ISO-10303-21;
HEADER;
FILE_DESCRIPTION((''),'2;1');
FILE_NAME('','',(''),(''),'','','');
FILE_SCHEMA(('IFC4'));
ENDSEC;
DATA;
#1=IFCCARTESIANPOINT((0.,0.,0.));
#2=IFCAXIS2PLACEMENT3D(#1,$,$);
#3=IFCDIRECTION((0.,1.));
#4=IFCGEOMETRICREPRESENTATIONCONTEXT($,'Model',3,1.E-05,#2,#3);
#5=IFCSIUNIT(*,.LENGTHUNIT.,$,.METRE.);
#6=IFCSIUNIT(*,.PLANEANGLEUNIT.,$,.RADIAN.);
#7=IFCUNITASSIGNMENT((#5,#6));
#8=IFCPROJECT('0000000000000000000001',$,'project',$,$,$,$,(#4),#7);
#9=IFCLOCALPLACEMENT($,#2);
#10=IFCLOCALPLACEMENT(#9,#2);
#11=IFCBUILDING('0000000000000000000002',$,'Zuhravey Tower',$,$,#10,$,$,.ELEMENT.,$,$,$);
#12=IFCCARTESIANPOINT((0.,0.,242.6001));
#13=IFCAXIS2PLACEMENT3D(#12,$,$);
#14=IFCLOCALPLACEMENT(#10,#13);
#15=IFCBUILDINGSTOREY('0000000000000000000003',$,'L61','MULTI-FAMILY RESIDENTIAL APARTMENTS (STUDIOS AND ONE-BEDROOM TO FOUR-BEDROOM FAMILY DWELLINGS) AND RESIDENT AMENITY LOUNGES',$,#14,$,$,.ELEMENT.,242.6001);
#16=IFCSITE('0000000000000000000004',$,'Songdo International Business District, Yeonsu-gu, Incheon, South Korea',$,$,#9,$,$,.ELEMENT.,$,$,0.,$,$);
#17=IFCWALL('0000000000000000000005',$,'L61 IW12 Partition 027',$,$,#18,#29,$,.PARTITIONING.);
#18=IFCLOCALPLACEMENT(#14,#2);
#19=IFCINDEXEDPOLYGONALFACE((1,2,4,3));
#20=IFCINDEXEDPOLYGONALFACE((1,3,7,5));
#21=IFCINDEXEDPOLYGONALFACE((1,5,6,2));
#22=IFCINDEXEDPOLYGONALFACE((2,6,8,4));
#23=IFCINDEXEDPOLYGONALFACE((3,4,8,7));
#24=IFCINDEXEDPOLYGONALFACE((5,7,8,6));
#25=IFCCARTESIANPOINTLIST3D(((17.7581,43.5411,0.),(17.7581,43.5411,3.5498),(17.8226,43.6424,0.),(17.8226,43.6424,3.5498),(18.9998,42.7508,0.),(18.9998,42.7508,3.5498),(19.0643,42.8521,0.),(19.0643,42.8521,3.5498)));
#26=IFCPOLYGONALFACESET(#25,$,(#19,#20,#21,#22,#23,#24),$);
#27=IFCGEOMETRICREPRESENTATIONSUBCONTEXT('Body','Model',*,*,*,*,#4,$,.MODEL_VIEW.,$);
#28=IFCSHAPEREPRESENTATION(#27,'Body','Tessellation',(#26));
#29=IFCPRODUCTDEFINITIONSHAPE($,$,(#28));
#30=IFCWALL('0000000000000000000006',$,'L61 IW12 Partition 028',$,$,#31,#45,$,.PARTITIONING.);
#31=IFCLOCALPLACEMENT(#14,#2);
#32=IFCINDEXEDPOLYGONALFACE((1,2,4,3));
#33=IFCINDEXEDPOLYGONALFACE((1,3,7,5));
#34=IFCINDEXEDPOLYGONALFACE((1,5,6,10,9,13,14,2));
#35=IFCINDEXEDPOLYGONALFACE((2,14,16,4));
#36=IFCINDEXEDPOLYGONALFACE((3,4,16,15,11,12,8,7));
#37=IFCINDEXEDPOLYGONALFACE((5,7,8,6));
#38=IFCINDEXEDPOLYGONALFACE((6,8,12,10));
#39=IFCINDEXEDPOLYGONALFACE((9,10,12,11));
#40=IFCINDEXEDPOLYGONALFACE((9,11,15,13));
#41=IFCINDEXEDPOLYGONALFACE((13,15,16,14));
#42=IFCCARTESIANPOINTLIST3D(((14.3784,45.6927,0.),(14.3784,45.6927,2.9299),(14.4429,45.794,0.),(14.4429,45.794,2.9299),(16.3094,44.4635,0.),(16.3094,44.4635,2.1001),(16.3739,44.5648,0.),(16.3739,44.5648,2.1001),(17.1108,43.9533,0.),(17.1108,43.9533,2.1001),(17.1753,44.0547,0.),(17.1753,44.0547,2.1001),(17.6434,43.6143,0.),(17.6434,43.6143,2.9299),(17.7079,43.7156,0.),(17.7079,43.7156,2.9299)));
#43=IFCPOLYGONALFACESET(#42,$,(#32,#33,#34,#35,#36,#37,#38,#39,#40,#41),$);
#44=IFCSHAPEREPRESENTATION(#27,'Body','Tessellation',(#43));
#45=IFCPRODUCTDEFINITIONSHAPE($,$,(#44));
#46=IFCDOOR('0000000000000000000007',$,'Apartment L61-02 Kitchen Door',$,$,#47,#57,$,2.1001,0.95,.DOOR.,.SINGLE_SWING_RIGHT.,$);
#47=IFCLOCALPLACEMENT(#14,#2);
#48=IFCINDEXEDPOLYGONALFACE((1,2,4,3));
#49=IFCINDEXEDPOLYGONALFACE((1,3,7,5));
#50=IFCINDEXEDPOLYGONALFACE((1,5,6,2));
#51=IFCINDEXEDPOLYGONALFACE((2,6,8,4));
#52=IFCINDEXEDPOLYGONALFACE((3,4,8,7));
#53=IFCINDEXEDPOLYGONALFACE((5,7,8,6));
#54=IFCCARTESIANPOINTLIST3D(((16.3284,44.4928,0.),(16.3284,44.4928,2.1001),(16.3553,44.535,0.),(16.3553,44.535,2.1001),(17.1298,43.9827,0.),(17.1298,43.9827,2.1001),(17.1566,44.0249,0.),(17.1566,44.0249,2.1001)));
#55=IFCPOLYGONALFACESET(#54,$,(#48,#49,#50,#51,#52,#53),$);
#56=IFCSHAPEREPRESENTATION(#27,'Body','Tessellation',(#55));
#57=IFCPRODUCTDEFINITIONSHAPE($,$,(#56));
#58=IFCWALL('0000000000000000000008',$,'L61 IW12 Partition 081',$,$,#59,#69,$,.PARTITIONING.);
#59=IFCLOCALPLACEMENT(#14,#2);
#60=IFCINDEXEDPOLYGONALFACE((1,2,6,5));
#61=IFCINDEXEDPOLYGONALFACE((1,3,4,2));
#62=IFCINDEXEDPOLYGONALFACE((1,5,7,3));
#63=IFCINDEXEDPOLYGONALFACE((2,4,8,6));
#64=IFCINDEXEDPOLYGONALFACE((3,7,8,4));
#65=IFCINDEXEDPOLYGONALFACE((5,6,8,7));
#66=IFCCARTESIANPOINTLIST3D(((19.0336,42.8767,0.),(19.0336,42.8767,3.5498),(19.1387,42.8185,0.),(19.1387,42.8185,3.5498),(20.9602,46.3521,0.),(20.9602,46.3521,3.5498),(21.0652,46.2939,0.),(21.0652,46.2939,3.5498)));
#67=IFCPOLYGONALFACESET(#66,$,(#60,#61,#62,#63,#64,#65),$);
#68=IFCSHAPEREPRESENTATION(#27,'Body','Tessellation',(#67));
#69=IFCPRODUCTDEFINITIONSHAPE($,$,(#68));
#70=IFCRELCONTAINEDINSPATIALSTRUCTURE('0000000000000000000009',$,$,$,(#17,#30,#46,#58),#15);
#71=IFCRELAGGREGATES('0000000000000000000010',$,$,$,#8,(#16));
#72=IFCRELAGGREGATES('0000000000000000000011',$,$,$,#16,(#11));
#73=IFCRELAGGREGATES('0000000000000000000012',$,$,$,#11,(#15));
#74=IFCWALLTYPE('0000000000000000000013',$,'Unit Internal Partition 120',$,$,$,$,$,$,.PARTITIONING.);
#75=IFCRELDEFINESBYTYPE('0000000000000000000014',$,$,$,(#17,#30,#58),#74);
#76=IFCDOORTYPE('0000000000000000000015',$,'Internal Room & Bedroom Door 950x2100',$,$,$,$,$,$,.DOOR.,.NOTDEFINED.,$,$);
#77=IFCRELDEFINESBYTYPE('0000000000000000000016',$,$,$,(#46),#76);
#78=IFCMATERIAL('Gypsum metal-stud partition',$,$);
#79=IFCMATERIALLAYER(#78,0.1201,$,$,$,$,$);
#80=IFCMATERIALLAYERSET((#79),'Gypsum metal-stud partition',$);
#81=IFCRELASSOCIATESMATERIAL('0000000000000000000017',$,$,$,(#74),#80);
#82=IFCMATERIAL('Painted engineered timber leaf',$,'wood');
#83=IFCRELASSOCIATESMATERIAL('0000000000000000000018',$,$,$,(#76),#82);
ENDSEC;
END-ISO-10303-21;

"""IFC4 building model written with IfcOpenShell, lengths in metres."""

from ifc_helpers import new_model, si_unit, direction, frame, frame_2d, origin, place, context, subcontext, project, spatial, rectangle, extrude, material, layer, layer_set, type_object, element, fill, save


model = new_model("IFC4")

# Units and contexts
model_context = context("Model", 3, precision=1e-05, world=origin(), true_north=direction((0.0, 1.0)))
body_context = subcontext(model_context, "Body", "Model", "MODEL_VIEW")
ifc_project = project(units=[si_unit("LENGTHUNIT", "METRE"), si_unit("PLANEANGLEUNIT", "RADIAN")], contexts=[model_context])

# Site, building, storey
site_placement = place(None, origin())
site = spatial("IfcSite", under=ifc_project, at=site_placement, Name="Songdo International Business District, Yeonsu-gu, Incheon, South Korea", CompositionType="ELEMENT", RefElevation=0.0)
building_placement = place(site_placement, origin())
building = spatial("IfcBuilding", under=site, at=building_placement, Name="Zuhravey Tower", CompositionType="ELEMENT")
storey_placement = place(building_placement, frame((0.0, 0.0, 242.6001)))
storey = spatial("IfcBuildingStorey", under=building, at=storey_placement, Name="L61", Description="MULTI-FAMILY RESIDENTIAL APARTMENTS (STUDIOS AND ONE-BEDROOM TO FOUR-BEDROOM FAMILY DWELLINGS) AND RESIDENT AMENITY LOUNGES", CompositionType="ELEMENT", Elevation=242.6001)

# Shared definitions
ifc_material_1 = material(Name="Gypsum metal-stud partition")
ifc_layer_1 = layer(ifc_material_1, 0.1201)
ifc_layer_set_1 = layer_set([ifc_layer_1], Name="Gypsum metal-stud partition")
wall_type_1 = type_object("IfcWallType", Name="Unit Internal Partition 120", PredefinedType="PARTITIONING", material=ifc_layer_set_1)
ifc_material_2 = material(Name="Painted engineered timber leaf", Category="wood")
door_type = type_object("IfcDoorType", Name="Internal Room & Bedroom Door 950x2100", OperationType="NOTDEFINED", PredefinedType="DOOR", material=ifc_material_2)

# Wall
wall_1_placement = place(storey_placement, frame((19.032, 42.8015, 0.0), z_axis=(0.0, 0.0, 1.0), x_axis=(-0.843627, 0.536929, 0.0)))
element("IfcWall", 1, at=wall_1_placement, inside=storey, type_object=wall_type_1, Name="L61 IW12 Partition 027", PredefinedType="PARTITIONING", context=body_context, shape_type="SweptSolid", body=[
    extrude(rectangle(XDim=1.4719, YDim=0.1201, at=frame_2d((0.7358, 0.0))), origin(), (0.0, 0.0, 1.0), 3.5498),
])

# Wall, opening, door
wall_2_placement = place(storey_placement, frame((17.6755, 43.665, 0.0), z_axis=(0.0, 0.0, 1.0), x_axis=(-0.843578, 0.537006, 0.0)))
wall_2 = element("IfcWall", 2, at=wall_2_placement, inside=storey, type_object=wall_type_1, Name="L61 IW12 Partition 028", PredefinedType="PARTITIONING", context=body_context, shape_type="SweptSolid", body=[
    extrude(rectangle(XDim=3.8704, YDim=0.1201, at=frame_2d((1.9351, 0.0))), origin(), (0.0, 0.0, 1.0), 2.9299),
])
opening_1_placement = place(wall_2_placement, frame((0.6311, 0.0, 0.0)))
opening_1 = element("IfcOpeningElement", 3, at=opening_1_placement, cuts=wall_2, PredefinedType="OPENING", context=body_context, shape_type="SweptSolid", body=[
    extrude(rectangle(XDim=0.95, YDim=2.1001, at=frame_2d((0.4751, 1.05))), frame((0.0, 0.072, 0.0), z_axis=(0.0, -1.0, 0.0), x_axis=(1.0, 0.0, 0.0)), (0.0, 0.0, 1.0), 0.144),
])
door_1_placement = place(opening_1_placement, frame((0.95, 0.0, 0.0), z_axis=(0.0, 0.0, 1.0), x_axis=(-1.0, 0.0, 0.0)))
door_1 = element("IfcDoor", 4, at=door_1_placement, inside=storey, type_object=door_type, Name="Apartment L61-02 Kitchen Door", OperationType="SINGLE_SWING_RIGHT", OverallHeight=2.1001, OverallWidth=0.95, PredefinedType="DOOR", context=body_context, shape_type="SweptSolid", body=[
    extrude(rectangle(XDim=0.95, YDim=2.1001, at=frame_2d((0.4751, 1.05))), frame((0.0, 0.0249, 0.0), z_axis=(0.0, -1.0, 0.0), x_axis=(1.0, 0.0, 0.0)), (0.0, 0.0, 1.0), 0.05),
])
fill(opening_1, door_1)

# Wall
wall_3_placement = place(storey_placement, frame((21.0127, 46.323, 0.0), z_axis=(0.0, 0.0, 1.0), x_axis=(-0.484829, -0.874609, 0.0)))
element("IfcWall", 5, at=wall_3_placement, inside=storey, type_object=wall_type_1, Name="L61 IW12 Partition 081", PredefinedType="PARTITIONING", context=body_context, shape_type="SweptSolid", body=[
    extrude(rectangle(XDim=3.9736, YDim=0.1201, at=frame_2d((1.9868, 0.0))), origin(), (0.0, 0.0, 1.0), 3.5498),
])

save(model, "model.ifc")
